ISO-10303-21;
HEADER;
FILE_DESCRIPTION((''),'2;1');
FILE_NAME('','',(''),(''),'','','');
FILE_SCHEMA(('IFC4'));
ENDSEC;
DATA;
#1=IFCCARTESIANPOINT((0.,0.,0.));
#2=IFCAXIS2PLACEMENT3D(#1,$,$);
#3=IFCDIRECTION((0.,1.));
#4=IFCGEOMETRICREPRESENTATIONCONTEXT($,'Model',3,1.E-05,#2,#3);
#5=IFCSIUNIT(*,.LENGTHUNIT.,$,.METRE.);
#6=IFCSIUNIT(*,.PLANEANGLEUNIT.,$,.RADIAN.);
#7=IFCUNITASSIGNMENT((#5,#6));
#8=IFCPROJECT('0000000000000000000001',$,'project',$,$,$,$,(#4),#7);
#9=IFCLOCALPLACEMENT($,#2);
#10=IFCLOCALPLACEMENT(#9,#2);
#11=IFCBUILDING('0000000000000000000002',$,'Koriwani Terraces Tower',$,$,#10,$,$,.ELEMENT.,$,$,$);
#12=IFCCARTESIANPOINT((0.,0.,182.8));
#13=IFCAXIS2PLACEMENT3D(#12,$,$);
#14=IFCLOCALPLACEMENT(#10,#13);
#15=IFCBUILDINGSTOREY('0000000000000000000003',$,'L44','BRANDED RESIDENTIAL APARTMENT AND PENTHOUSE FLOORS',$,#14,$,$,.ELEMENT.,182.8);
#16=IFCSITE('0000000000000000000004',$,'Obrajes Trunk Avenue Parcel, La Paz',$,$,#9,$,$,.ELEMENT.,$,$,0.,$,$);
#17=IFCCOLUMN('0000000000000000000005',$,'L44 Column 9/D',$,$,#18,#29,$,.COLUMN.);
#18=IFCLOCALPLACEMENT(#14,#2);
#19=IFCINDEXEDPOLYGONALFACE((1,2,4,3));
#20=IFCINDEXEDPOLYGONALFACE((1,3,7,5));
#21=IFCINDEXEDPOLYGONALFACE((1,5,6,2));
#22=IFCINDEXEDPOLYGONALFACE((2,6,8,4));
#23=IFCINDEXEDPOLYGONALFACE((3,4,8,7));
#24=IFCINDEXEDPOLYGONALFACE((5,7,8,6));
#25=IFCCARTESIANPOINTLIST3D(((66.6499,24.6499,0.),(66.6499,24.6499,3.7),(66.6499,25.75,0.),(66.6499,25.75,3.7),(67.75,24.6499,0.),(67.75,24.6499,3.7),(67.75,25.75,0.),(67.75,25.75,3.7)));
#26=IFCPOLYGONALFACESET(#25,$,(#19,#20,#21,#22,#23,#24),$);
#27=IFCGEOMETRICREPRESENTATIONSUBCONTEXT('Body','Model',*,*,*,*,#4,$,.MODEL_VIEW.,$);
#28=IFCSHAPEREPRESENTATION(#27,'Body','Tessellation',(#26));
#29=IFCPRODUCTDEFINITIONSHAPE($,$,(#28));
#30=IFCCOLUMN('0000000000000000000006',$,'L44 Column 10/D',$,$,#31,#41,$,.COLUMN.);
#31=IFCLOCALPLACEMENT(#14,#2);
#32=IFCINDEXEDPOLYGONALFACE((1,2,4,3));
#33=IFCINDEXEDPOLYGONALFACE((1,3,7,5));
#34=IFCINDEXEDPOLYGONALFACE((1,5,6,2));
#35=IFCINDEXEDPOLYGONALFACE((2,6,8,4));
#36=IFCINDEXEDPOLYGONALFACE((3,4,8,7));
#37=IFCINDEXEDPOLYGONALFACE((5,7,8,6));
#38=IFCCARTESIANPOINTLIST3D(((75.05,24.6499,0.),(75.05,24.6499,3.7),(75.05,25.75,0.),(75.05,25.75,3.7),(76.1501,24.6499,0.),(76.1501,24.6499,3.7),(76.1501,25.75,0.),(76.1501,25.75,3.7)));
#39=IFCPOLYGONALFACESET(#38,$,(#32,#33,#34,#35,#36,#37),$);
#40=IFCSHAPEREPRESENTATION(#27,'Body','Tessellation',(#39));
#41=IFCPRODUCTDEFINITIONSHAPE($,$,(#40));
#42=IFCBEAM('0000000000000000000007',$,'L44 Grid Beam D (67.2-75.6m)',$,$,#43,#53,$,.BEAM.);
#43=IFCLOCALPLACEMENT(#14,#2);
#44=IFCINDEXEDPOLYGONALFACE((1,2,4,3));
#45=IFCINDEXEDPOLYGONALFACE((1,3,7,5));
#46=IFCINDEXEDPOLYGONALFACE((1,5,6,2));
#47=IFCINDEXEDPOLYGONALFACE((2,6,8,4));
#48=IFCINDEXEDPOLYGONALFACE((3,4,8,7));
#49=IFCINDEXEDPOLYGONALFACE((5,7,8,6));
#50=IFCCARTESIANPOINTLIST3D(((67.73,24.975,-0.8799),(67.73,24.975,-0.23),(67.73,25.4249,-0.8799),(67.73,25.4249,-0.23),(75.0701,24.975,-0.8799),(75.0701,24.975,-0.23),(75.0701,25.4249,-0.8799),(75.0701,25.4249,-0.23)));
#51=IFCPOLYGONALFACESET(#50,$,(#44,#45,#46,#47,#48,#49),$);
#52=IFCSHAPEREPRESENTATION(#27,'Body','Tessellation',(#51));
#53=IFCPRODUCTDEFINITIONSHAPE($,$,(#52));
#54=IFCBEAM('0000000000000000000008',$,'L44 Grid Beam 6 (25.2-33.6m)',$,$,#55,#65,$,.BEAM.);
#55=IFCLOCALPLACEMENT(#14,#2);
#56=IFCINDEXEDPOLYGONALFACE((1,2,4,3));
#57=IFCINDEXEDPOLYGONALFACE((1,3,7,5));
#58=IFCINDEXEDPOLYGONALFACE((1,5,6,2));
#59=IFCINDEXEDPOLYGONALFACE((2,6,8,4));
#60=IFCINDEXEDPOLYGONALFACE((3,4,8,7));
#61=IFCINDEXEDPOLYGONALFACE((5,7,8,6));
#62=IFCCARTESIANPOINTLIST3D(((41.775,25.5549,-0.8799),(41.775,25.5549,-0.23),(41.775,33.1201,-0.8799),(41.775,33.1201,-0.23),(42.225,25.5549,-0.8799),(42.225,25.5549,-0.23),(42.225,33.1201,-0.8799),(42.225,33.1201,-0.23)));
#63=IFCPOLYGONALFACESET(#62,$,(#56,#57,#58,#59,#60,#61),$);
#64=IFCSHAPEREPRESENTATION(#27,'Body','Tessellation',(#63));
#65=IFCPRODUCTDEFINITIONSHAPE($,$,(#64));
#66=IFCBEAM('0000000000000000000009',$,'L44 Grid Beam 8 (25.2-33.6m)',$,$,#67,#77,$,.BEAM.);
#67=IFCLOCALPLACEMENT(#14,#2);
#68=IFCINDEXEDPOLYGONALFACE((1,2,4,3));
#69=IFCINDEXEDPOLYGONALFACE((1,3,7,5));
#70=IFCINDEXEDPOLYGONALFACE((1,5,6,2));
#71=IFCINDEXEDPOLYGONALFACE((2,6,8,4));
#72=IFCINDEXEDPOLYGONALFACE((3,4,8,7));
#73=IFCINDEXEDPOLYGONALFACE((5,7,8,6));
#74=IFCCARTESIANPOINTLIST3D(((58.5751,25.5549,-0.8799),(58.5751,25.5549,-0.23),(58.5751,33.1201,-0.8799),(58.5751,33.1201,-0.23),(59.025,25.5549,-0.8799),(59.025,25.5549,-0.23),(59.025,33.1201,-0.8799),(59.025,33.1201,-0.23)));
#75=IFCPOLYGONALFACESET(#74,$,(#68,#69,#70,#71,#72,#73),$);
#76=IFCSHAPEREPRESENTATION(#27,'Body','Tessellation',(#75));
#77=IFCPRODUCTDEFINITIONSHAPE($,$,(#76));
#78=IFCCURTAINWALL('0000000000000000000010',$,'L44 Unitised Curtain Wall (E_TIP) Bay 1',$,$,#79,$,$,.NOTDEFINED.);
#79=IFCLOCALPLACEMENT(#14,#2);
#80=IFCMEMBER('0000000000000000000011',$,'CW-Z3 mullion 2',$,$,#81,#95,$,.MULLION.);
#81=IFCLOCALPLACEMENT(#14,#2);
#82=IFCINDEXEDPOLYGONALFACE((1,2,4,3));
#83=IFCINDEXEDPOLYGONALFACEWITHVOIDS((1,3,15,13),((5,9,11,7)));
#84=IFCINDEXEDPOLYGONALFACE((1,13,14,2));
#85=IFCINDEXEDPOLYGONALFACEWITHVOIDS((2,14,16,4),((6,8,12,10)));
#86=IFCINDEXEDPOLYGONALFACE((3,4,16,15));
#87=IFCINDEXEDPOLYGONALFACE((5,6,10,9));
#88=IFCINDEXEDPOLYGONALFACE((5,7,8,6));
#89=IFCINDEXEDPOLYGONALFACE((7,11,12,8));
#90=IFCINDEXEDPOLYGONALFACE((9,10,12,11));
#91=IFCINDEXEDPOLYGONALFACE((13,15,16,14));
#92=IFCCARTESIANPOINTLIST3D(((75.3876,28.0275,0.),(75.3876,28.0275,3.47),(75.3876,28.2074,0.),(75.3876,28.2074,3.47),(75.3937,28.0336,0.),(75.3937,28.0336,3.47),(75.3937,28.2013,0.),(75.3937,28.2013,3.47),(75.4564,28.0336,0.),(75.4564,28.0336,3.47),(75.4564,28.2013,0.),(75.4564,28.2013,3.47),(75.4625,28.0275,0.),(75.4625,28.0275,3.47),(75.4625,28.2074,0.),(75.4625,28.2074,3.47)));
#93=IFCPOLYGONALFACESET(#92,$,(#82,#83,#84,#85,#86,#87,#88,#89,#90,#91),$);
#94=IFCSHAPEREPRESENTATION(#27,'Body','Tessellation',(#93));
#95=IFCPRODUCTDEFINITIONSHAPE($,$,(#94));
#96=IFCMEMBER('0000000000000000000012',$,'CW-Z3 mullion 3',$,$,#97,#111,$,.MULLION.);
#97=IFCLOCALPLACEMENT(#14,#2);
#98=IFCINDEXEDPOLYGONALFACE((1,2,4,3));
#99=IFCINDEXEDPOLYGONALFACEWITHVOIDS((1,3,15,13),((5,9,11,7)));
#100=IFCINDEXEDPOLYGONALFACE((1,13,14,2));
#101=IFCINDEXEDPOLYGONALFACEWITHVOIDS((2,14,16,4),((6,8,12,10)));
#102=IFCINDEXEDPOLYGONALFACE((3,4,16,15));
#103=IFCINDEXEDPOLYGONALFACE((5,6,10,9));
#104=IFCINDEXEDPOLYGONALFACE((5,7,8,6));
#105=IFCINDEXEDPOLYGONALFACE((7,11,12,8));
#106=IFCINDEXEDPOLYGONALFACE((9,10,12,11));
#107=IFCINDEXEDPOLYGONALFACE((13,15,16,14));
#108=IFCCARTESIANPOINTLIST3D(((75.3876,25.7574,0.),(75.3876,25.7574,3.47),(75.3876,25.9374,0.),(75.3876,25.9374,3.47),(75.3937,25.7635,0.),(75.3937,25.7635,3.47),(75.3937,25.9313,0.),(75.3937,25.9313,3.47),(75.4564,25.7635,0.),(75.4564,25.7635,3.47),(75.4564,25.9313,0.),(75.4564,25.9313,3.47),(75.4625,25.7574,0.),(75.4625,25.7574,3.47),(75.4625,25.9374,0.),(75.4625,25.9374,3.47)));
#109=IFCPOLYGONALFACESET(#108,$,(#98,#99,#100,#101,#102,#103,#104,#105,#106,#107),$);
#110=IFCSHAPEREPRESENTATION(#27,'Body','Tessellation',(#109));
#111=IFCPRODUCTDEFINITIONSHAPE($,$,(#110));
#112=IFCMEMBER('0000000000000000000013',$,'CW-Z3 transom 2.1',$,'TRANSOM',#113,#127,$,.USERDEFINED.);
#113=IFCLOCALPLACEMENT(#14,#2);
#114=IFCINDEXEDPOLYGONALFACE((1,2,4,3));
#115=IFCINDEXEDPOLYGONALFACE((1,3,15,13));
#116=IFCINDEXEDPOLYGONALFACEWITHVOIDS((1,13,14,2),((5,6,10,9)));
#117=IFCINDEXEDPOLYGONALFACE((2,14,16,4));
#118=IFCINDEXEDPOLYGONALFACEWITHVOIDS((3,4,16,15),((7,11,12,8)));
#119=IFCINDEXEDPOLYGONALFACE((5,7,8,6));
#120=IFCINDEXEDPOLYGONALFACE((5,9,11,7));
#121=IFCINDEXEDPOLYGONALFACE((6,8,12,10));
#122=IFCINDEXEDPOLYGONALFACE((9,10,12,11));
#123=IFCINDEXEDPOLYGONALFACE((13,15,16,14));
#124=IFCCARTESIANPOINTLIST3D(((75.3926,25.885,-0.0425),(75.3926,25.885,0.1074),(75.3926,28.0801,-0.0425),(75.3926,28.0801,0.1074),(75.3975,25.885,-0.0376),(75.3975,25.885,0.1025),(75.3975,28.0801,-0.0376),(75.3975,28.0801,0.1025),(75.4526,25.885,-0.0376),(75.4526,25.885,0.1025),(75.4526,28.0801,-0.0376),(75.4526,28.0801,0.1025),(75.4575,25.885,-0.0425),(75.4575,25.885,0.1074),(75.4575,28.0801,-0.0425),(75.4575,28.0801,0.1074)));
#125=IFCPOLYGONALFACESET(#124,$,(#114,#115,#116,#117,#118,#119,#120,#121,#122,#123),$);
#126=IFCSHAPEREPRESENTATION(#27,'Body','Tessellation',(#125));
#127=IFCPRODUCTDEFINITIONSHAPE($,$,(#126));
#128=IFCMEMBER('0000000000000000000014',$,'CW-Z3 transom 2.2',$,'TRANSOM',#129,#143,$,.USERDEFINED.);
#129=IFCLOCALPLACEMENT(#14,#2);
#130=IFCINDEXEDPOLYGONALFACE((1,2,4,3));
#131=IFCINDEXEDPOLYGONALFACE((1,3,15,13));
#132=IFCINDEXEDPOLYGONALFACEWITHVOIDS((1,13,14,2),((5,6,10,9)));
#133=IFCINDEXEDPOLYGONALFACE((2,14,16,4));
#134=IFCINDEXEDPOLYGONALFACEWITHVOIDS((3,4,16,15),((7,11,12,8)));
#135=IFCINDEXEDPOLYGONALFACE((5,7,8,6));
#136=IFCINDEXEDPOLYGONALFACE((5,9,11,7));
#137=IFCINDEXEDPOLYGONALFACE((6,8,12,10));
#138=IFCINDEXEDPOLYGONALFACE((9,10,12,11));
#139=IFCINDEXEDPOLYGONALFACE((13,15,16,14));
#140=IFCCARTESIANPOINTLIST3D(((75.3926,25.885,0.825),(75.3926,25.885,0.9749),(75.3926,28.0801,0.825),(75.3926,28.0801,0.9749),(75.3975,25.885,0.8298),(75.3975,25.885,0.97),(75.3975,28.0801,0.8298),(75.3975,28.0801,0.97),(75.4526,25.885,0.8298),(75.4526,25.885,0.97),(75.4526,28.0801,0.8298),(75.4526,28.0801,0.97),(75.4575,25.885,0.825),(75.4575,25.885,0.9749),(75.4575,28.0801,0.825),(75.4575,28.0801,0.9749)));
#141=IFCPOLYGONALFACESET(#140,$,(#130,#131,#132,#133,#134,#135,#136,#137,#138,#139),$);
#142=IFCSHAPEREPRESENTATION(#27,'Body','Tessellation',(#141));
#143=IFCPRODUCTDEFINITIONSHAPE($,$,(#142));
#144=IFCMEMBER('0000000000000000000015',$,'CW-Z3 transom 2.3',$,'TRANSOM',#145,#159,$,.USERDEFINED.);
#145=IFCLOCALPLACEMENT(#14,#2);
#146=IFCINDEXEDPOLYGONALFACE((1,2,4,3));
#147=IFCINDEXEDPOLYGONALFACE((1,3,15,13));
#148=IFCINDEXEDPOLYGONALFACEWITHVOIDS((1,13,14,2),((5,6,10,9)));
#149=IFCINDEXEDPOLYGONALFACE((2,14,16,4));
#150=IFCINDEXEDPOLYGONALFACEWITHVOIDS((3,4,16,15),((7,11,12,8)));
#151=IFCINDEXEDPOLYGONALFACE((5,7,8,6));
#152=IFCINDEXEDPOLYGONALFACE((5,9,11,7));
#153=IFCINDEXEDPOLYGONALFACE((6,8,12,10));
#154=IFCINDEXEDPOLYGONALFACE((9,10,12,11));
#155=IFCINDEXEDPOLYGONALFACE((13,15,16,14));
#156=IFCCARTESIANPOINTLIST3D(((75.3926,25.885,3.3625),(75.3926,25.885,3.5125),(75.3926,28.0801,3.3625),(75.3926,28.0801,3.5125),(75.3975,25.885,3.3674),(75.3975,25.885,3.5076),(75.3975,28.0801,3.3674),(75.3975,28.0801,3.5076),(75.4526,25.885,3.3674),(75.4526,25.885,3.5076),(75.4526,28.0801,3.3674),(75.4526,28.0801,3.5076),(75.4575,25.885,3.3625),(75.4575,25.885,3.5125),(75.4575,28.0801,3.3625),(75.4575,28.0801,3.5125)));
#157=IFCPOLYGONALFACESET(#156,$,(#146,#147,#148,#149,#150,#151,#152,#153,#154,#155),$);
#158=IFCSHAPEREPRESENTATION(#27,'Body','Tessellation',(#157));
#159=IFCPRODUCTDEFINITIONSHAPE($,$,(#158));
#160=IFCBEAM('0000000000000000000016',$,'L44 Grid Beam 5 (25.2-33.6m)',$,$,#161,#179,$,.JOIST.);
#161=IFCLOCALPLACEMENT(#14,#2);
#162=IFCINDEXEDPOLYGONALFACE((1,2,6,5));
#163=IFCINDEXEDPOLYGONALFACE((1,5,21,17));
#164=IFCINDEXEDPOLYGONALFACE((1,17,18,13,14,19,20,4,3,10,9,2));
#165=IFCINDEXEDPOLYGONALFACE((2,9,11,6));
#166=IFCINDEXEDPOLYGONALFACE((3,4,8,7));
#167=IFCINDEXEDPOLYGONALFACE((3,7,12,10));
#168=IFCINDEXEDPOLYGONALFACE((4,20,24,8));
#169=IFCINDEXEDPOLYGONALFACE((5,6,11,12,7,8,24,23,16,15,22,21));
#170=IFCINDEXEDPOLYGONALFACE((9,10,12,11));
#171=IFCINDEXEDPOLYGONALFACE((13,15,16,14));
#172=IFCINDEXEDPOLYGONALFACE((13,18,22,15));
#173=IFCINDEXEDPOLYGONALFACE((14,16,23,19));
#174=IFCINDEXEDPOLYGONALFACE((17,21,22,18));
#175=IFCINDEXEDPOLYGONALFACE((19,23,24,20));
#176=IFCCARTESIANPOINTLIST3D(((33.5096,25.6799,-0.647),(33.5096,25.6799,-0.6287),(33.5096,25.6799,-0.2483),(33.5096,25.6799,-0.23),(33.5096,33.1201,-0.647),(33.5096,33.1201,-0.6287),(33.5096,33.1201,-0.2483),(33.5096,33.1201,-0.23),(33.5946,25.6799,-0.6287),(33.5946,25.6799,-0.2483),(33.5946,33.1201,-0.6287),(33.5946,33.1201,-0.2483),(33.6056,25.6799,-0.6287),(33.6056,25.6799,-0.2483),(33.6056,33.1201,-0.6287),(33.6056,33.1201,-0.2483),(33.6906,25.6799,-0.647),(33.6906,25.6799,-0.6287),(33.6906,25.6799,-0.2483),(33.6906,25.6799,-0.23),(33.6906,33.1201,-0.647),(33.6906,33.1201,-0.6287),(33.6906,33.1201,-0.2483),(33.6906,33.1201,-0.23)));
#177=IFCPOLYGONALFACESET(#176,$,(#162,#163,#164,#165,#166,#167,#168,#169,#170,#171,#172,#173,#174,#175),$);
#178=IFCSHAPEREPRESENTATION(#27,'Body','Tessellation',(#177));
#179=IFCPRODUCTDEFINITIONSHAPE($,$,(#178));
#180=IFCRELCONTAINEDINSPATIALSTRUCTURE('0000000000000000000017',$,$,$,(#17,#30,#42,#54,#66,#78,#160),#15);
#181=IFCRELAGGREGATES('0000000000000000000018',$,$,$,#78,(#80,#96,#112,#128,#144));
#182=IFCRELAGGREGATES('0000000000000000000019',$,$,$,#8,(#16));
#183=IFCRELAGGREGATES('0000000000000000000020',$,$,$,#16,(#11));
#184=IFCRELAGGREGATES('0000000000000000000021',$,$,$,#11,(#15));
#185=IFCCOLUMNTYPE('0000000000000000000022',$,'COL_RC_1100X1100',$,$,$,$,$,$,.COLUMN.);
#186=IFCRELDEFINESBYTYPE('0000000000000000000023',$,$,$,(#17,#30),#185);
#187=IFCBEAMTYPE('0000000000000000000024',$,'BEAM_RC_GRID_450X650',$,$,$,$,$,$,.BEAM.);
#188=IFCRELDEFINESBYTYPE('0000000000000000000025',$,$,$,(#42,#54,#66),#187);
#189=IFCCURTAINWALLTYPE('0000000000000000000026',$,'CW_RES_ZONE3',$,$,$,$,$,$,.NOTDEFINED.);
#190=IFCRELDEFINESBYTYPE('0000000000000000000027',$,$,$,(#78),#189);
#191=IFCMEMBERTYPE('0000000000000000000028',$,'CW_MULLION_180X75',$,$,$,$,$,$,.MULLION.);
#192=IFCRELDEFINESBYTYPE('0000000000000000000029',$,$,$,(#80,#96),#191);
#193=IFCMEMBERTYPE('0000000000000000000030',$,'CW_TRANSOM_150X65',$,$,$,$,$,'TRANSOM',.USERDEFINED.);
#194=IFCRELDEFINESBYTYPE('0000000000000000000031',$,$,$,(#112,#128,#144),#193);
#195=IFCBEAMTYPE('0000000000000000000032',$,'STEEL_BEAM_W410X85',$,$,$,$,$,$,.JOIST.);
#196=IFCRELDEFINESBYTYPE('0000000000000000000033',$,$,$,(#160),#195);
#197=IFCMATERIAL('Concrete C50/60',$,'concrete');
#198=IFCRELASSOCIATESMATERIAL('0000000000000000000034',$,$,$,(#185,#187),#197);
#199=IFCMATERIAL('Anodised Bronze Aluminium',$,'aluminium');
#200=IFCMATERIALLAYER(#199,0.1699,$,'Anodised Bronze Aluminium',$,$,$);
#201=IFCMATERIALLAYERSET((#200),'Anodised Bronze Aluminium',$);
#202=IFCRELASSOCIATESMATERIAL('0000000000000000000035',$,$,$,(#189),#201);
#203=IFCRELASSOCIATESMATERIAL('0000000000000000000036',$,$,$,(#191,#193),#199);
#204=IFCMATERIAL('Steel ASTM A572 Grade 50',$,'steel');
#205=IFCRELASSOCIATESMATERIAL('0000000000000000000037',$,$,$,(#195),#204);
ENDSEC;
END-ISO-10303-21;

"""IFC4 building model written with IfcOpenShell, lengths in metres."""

from ifc_helpers import new_model, si_unit, direction, frame, origin, origin_2d, place, context, subcontext, project, spatial, rectangle, hollow_rectangle, i_section, extrude, material, layer, layer_set, material_profile, profile_set, type_object, element, aggregate, save


model = new_model("IFC4")

# Units and contexts
model_context = context("Model", 3, precision=1e-05, world=origin(), true_north=direction((0.0, 1.0)))
body_context = subcontext(model_context, "Body", "Model", "MODEL_VIEW")
ifc_project = project(units=[si_unit("LENGTHUNIT", "METRE"), si_unit("PLANEANGLEUNIT", "RADIAN")], contexts=[model_context])

# Site, building, storey
site_placement = place(None, origin())
site = spatial("IfcSite", under=ifc_project, at=site_placement, Name="Obrajes Trunk Avenue Parcel, La Paz", CompositionType="ELEMENT", RefElevation=0.0)
building_placement = place(site_placement, origin())
building = spatial("IfcBuilding", under=site, at=building_placement, Name="Koriwani Terraces Tower", CompositionType="ELEMENT")
storey_placement = place(building_placement, frame((0.0, 0.0, 182.8)))
storey = spatial("IfcBuildingStorey", under=building, at=storey_placement, Name="L44", Description="BRANDED RESIDENTIAL APARTMENT AND PENTHOUSE FLOORS", CompositionType="ELEMENT", Elevation=182.8)

# Columns
ifc_material_1 = material(Name="Concrete C50/60", Category="concrete")
ifc_material_profile_1 = material_profile(ifc_material_1, rectangle(XDim=1.1001, YDim=1.1001, at=origin_2d()), Name="Concrete C50/60", Category="LoadBearing")
ifc_profile_set_1 = profile_set([ifc_material_profile_1], Name="Concrete C50/60")
column_type = type_object("IfcColumnType", Name="COL_RC_1100X1100", PredefinedType="COLUMN", material=ifc_profile_set_1)
for number, where, z_axis, x_axis, name in (
    (1, (67.2, 25.2, 0.0), (0.0, 0.0, 1.0), (1.0, 0.0, 0.0), "L44 Column 9/D"),
    (2, (75.6001, 25.2, 0.0), (0.0, 0.0, 1.0), (1.0, 0.0, 0.0), "L44 Column 10/D"),
):
    element("IfcColumn", number, at=place(storey_placement, frame(where, z_axis=z_axis, x_axis=x_axis)), inside=storey, type_object=column_type, Name=name, PredefinedType="COLUMN", context=body_context, shape_type="SweptSolid", body=[
        extrude(rectangle(XDim=1.1001, YDim=1.1001, at=origin_2d()), origin(), (0.0, 0.0, 1.0), 3.7),
    ])

# Beams
ifc_material_profile_2 = material_profile(ifc_material_1, rectangle(XDim=0.45, YDim=0.6499, at=origin_2d()), Name="Concrete C50/60", Category="LoadBearing")
ifc_profile_set_2 = profile_set([ifc_material_profile_2], Name="Concrete C50/60")
beam_type_1 = type_object("IfcBeamType", Name="BEAM_RC_GRID_450X650", PredefinedType="BEAM", material=ifc_profile_set_2)
beam_1_placement = place(storey_placement, frame((67.73, 25.2, -0.5549), z_axis=(1.0, 0.0, 0.0), x_axis=(0.0, 1.0, 0.0)))
element("IfcBeam", 3, at=beam_1_placement, inside=storey, type_object=beam_type_1, Name="L44 Grid Beam D (67.2-75.6m)", PredefinedType="BEAM", context=body_context, shape_type="SweptSolid", body=[
    extrude(rectangle(XDim=0.45, YDim=0.6499, at=origin_2d()), origin(), (0.0, 0.0, 1.0), 7.3401),
])
for number, where, z_axis, x_axis, name in (
    (4, (42.0, 25.5549, -0.5549), (0.0, 1.0, 0.0), (-1.0, 0.0, 0.0), "L44 Grid Beam 6 (25.2-33.6m)"),
    (5, (58.8, 25.5549, -0.5549), (0.0, 1.0, 0.0), (-1.0, 0.0, 0.0), "L44 Grid Beam 8 (25.2-33.6m)"),
):
    element("IfcBeam", number, at=place(storey_placement, frame(where, z_axis=z_axis, x_axis=x_axis)), inside=storey, type_object=beam_type_1, Name=name, PredefinedType="BEAM", context=body_context, shape_type="SweptSolid", body=[
        extrude(rectangle(XDim=0.45, YDim=0.6499, at=origin_2d()), origin(), (0.0, 0.0, 1.0), 7.5652),
    ])

# Curtain wall, members
ifc_material_2 = material(Name="Anodised Bronze Aluminium", Category="aluminium")
ifc_layer_1 = layer(ifc_material_2, 0.1699, Name="Anodised Bronze Aluminium")
ifc_layer_set_1 = layer_set([ifc_layer_1], Name="Anodised Bronze Aluminium")
curtain_wall_type = type_object("IfcCurtainWallType", Name="CW_RES_ZONE3", PredefinedType="NOTDEFINED", material=ifc_layer_set_1)
curtain_wall_placement = place(storey_placement, origin())
curtain_wall = element("IfcCurtainWall", 6, at=curtain_wall_placement, inside=storey, type_object=curtain_wall_type, Name="L44 Unitised Curtain Wall (E_TIP) Bay 1", PredefinedType="NOTDEFINED")
ifc_material_profile_3 = material_profile(ifc_material_2, hollow_rectangle(XDim=0.075, YDim=0.1799, WallThickness=0.0061, at=origin_2d()), Name="Anodised Bronze Aluminium", Category="LoadBearing")
ifc_profile_set_3 = profile_set([ifc_material_profile_3], Name="Anodised Bronze Aluminium")
member_type_1 = type_object("IfcMemberType", Name="CW_MULLION_180X75", PredefinedType="MULLION", material=ifc_profile_set_3)
member_1_placement = place(storey_placement, frame((75.425, 28.1174, 0.0), z_axis=(0.0, 0.0, 1.0), x_axis=(1.0, 0.0, 0.0)))
member_1 = element("IfcMember", 7, at=member_1_placement, type_object=member_type_1, Name="CW-Z3 mullion 2", PredefinedType="MULLION", context=body_context, shape_type="SweptSolid", body=[
    extrude(hollow_rectangle(XDim=0.075, YDim=0.1799, WallThickness=0.0061, at=origin_2d()), origin(), (0.0, 0.0, 1.0), 3.47),
])
member_2_placement = place(storey_placement, frame((75.425, 25.8474, 0.0), z_axis=(0.0, 0.0, 1.0), x_axis=(1.0, 0.0, 0.0)))
member_2 = element("IfcMember", 8, at=member_2_placement, type_object=member_type_1, Name="CW-Z3 mullion 3", PredefinedType="MULLION", context=body_context, shape_type="SweptSolid", body=[
    extrude(hollow_rectangle(XDim=0.075, YDim=0.1799, WallThickness=0.0061, at=origin_2d()), origin(), (0.0, 0.0, 1.0), 3.47),
])
ifc_material_profile_4 = material_profile(ifc_material_2, hollow_rectangle(XDim=0.0649, YDim=0.1499, WallThickness=0.0049, at=origin_2d()), Name="Anodised Bronze Aluminium", Category="LoadBearing")
ifc_profile_set_4 = profile_set([ifc_material_profile_4], Name="Anodised Bronze Aluminium")
member_type_2 = type_object("IfcMemberType", Name="CW_TRANSOM_150X65", ElementType="TRANSOM", PredefinedType="USERDEFINED", material=ifc_profile_set_4)
member_3_placement = place(storey_placement, frame((75.425, 28.0801, 0.0325), z_axis=(0.0, -1.0, 0.0), x_axis=(1.0, 0.0, 0.0)))
member_3 = element("IfcMember", 9, at=member_3_placement, type_object=member_type_2, Name="CW-Z3 transom 2.1", ObjectType="TRANSOM", PredefinedType="USERDEFINED", context=body_context, shape_type="SweptSolid", body=[
    extrude(hollow_rectangle(XDim=0.0649, YDim=0.1499, WallThickness=0.0049, at=origin_2d()), origin(), (0.0, 0.0, 1.0), 2.1951),
])
member_4_placement = place(storey_placement, frame((75.425, 28.0801, 0.8999), z_axis=(0.0, -1.0, 0.0), x_axis=(1.0, 0.0, 0.0)))
member_4 = element("IfcMember", 10, at=member_4_placement, type_object=member_type_2, Name="CW-Z3 transom 2.2", ObjectType="TRANSOM", PredefinedType="USERDEFINED", context=body_context, shape_type="SweptSolid", body=[
    extrude(hollow_rectangle(XDim=0.0649, YDim=0.1499, WallThickness=0.0049, at=origin_2d()), origin(), (0.0, 0.0, 1.0), 2.1951),
])
member_5_placement = place(storey_placement, frame((75.425, 28.0801, 3.4375), z_axis=(0.0, -1.0, 0.0), x_axis=(1.0, 0.0, 0.0)))
member_5 = element("IfcMember", 11, at=member_5_placement, type_object=member_type_2, Name="CW-Z3 transom 2.3", ObjectType="TRANSOM", PredefinedType="USERDEFINED", context=body_context, shape_type="SweptSolid", body=[
    extrude(hollow_rectangle(XDim=0.0649, YDim=0.1499, WallThickness=0.0049, at=origin_2d()), origin(), (0.0, 0.0, 1.0), 2.1951),
])

# Beam
ifc_material_3 = material(Name="Steel ASTM A572 Grade 50", Category="steel")
ifc_material_profile_5 = material_profile(ifc_material_3, i_section(OverallWidth=0.1809, OverallDepth=0.417, WebThickness=0.011, FlangeThickness=0.0183, at=origin_2d()), Name="Steel ASTM A572 Grade 50", Category="LoadBearing")
ifc_profile_set_5 = profile_set([ifc_material_profile_5], Name="Steel ASTM A572 Grade 50")
beam_type_2 = type_object("IfcBeamType", Name="STEEL_BEAM_W410X85", PredefinedType="JOIST", material=ifc_profile_set_5)
beam_2_placement = place(storey_placement, frame((33.6001, 25.6799, -0.4385), z_axis=(0.0, 1.0, 0.0), x_axis=(-1.0, 0.0, 0.0)))
element("IfcBeam", 12, at=beam_2_placement, inside=storey, type_object=beam_type_2, Name="L44 Grid Beam 5 (25.2-33.6m)", PredefinedType="JOIST", context=body_context, shape_type="SweptSolid", body=[
    extrude(i_section(OverallWidth=0.1809, OverallDepth=0.417, WebThickness=0.011, FlangeThickness=0.0183, at=origin_2d()), origin(), (0.0, 0.0, 1.0), 7.4402),
])

aggregate(curtain_wall, [member_1, member_2, member_3, member_4, member_5])

save(model, "model.ifc")
